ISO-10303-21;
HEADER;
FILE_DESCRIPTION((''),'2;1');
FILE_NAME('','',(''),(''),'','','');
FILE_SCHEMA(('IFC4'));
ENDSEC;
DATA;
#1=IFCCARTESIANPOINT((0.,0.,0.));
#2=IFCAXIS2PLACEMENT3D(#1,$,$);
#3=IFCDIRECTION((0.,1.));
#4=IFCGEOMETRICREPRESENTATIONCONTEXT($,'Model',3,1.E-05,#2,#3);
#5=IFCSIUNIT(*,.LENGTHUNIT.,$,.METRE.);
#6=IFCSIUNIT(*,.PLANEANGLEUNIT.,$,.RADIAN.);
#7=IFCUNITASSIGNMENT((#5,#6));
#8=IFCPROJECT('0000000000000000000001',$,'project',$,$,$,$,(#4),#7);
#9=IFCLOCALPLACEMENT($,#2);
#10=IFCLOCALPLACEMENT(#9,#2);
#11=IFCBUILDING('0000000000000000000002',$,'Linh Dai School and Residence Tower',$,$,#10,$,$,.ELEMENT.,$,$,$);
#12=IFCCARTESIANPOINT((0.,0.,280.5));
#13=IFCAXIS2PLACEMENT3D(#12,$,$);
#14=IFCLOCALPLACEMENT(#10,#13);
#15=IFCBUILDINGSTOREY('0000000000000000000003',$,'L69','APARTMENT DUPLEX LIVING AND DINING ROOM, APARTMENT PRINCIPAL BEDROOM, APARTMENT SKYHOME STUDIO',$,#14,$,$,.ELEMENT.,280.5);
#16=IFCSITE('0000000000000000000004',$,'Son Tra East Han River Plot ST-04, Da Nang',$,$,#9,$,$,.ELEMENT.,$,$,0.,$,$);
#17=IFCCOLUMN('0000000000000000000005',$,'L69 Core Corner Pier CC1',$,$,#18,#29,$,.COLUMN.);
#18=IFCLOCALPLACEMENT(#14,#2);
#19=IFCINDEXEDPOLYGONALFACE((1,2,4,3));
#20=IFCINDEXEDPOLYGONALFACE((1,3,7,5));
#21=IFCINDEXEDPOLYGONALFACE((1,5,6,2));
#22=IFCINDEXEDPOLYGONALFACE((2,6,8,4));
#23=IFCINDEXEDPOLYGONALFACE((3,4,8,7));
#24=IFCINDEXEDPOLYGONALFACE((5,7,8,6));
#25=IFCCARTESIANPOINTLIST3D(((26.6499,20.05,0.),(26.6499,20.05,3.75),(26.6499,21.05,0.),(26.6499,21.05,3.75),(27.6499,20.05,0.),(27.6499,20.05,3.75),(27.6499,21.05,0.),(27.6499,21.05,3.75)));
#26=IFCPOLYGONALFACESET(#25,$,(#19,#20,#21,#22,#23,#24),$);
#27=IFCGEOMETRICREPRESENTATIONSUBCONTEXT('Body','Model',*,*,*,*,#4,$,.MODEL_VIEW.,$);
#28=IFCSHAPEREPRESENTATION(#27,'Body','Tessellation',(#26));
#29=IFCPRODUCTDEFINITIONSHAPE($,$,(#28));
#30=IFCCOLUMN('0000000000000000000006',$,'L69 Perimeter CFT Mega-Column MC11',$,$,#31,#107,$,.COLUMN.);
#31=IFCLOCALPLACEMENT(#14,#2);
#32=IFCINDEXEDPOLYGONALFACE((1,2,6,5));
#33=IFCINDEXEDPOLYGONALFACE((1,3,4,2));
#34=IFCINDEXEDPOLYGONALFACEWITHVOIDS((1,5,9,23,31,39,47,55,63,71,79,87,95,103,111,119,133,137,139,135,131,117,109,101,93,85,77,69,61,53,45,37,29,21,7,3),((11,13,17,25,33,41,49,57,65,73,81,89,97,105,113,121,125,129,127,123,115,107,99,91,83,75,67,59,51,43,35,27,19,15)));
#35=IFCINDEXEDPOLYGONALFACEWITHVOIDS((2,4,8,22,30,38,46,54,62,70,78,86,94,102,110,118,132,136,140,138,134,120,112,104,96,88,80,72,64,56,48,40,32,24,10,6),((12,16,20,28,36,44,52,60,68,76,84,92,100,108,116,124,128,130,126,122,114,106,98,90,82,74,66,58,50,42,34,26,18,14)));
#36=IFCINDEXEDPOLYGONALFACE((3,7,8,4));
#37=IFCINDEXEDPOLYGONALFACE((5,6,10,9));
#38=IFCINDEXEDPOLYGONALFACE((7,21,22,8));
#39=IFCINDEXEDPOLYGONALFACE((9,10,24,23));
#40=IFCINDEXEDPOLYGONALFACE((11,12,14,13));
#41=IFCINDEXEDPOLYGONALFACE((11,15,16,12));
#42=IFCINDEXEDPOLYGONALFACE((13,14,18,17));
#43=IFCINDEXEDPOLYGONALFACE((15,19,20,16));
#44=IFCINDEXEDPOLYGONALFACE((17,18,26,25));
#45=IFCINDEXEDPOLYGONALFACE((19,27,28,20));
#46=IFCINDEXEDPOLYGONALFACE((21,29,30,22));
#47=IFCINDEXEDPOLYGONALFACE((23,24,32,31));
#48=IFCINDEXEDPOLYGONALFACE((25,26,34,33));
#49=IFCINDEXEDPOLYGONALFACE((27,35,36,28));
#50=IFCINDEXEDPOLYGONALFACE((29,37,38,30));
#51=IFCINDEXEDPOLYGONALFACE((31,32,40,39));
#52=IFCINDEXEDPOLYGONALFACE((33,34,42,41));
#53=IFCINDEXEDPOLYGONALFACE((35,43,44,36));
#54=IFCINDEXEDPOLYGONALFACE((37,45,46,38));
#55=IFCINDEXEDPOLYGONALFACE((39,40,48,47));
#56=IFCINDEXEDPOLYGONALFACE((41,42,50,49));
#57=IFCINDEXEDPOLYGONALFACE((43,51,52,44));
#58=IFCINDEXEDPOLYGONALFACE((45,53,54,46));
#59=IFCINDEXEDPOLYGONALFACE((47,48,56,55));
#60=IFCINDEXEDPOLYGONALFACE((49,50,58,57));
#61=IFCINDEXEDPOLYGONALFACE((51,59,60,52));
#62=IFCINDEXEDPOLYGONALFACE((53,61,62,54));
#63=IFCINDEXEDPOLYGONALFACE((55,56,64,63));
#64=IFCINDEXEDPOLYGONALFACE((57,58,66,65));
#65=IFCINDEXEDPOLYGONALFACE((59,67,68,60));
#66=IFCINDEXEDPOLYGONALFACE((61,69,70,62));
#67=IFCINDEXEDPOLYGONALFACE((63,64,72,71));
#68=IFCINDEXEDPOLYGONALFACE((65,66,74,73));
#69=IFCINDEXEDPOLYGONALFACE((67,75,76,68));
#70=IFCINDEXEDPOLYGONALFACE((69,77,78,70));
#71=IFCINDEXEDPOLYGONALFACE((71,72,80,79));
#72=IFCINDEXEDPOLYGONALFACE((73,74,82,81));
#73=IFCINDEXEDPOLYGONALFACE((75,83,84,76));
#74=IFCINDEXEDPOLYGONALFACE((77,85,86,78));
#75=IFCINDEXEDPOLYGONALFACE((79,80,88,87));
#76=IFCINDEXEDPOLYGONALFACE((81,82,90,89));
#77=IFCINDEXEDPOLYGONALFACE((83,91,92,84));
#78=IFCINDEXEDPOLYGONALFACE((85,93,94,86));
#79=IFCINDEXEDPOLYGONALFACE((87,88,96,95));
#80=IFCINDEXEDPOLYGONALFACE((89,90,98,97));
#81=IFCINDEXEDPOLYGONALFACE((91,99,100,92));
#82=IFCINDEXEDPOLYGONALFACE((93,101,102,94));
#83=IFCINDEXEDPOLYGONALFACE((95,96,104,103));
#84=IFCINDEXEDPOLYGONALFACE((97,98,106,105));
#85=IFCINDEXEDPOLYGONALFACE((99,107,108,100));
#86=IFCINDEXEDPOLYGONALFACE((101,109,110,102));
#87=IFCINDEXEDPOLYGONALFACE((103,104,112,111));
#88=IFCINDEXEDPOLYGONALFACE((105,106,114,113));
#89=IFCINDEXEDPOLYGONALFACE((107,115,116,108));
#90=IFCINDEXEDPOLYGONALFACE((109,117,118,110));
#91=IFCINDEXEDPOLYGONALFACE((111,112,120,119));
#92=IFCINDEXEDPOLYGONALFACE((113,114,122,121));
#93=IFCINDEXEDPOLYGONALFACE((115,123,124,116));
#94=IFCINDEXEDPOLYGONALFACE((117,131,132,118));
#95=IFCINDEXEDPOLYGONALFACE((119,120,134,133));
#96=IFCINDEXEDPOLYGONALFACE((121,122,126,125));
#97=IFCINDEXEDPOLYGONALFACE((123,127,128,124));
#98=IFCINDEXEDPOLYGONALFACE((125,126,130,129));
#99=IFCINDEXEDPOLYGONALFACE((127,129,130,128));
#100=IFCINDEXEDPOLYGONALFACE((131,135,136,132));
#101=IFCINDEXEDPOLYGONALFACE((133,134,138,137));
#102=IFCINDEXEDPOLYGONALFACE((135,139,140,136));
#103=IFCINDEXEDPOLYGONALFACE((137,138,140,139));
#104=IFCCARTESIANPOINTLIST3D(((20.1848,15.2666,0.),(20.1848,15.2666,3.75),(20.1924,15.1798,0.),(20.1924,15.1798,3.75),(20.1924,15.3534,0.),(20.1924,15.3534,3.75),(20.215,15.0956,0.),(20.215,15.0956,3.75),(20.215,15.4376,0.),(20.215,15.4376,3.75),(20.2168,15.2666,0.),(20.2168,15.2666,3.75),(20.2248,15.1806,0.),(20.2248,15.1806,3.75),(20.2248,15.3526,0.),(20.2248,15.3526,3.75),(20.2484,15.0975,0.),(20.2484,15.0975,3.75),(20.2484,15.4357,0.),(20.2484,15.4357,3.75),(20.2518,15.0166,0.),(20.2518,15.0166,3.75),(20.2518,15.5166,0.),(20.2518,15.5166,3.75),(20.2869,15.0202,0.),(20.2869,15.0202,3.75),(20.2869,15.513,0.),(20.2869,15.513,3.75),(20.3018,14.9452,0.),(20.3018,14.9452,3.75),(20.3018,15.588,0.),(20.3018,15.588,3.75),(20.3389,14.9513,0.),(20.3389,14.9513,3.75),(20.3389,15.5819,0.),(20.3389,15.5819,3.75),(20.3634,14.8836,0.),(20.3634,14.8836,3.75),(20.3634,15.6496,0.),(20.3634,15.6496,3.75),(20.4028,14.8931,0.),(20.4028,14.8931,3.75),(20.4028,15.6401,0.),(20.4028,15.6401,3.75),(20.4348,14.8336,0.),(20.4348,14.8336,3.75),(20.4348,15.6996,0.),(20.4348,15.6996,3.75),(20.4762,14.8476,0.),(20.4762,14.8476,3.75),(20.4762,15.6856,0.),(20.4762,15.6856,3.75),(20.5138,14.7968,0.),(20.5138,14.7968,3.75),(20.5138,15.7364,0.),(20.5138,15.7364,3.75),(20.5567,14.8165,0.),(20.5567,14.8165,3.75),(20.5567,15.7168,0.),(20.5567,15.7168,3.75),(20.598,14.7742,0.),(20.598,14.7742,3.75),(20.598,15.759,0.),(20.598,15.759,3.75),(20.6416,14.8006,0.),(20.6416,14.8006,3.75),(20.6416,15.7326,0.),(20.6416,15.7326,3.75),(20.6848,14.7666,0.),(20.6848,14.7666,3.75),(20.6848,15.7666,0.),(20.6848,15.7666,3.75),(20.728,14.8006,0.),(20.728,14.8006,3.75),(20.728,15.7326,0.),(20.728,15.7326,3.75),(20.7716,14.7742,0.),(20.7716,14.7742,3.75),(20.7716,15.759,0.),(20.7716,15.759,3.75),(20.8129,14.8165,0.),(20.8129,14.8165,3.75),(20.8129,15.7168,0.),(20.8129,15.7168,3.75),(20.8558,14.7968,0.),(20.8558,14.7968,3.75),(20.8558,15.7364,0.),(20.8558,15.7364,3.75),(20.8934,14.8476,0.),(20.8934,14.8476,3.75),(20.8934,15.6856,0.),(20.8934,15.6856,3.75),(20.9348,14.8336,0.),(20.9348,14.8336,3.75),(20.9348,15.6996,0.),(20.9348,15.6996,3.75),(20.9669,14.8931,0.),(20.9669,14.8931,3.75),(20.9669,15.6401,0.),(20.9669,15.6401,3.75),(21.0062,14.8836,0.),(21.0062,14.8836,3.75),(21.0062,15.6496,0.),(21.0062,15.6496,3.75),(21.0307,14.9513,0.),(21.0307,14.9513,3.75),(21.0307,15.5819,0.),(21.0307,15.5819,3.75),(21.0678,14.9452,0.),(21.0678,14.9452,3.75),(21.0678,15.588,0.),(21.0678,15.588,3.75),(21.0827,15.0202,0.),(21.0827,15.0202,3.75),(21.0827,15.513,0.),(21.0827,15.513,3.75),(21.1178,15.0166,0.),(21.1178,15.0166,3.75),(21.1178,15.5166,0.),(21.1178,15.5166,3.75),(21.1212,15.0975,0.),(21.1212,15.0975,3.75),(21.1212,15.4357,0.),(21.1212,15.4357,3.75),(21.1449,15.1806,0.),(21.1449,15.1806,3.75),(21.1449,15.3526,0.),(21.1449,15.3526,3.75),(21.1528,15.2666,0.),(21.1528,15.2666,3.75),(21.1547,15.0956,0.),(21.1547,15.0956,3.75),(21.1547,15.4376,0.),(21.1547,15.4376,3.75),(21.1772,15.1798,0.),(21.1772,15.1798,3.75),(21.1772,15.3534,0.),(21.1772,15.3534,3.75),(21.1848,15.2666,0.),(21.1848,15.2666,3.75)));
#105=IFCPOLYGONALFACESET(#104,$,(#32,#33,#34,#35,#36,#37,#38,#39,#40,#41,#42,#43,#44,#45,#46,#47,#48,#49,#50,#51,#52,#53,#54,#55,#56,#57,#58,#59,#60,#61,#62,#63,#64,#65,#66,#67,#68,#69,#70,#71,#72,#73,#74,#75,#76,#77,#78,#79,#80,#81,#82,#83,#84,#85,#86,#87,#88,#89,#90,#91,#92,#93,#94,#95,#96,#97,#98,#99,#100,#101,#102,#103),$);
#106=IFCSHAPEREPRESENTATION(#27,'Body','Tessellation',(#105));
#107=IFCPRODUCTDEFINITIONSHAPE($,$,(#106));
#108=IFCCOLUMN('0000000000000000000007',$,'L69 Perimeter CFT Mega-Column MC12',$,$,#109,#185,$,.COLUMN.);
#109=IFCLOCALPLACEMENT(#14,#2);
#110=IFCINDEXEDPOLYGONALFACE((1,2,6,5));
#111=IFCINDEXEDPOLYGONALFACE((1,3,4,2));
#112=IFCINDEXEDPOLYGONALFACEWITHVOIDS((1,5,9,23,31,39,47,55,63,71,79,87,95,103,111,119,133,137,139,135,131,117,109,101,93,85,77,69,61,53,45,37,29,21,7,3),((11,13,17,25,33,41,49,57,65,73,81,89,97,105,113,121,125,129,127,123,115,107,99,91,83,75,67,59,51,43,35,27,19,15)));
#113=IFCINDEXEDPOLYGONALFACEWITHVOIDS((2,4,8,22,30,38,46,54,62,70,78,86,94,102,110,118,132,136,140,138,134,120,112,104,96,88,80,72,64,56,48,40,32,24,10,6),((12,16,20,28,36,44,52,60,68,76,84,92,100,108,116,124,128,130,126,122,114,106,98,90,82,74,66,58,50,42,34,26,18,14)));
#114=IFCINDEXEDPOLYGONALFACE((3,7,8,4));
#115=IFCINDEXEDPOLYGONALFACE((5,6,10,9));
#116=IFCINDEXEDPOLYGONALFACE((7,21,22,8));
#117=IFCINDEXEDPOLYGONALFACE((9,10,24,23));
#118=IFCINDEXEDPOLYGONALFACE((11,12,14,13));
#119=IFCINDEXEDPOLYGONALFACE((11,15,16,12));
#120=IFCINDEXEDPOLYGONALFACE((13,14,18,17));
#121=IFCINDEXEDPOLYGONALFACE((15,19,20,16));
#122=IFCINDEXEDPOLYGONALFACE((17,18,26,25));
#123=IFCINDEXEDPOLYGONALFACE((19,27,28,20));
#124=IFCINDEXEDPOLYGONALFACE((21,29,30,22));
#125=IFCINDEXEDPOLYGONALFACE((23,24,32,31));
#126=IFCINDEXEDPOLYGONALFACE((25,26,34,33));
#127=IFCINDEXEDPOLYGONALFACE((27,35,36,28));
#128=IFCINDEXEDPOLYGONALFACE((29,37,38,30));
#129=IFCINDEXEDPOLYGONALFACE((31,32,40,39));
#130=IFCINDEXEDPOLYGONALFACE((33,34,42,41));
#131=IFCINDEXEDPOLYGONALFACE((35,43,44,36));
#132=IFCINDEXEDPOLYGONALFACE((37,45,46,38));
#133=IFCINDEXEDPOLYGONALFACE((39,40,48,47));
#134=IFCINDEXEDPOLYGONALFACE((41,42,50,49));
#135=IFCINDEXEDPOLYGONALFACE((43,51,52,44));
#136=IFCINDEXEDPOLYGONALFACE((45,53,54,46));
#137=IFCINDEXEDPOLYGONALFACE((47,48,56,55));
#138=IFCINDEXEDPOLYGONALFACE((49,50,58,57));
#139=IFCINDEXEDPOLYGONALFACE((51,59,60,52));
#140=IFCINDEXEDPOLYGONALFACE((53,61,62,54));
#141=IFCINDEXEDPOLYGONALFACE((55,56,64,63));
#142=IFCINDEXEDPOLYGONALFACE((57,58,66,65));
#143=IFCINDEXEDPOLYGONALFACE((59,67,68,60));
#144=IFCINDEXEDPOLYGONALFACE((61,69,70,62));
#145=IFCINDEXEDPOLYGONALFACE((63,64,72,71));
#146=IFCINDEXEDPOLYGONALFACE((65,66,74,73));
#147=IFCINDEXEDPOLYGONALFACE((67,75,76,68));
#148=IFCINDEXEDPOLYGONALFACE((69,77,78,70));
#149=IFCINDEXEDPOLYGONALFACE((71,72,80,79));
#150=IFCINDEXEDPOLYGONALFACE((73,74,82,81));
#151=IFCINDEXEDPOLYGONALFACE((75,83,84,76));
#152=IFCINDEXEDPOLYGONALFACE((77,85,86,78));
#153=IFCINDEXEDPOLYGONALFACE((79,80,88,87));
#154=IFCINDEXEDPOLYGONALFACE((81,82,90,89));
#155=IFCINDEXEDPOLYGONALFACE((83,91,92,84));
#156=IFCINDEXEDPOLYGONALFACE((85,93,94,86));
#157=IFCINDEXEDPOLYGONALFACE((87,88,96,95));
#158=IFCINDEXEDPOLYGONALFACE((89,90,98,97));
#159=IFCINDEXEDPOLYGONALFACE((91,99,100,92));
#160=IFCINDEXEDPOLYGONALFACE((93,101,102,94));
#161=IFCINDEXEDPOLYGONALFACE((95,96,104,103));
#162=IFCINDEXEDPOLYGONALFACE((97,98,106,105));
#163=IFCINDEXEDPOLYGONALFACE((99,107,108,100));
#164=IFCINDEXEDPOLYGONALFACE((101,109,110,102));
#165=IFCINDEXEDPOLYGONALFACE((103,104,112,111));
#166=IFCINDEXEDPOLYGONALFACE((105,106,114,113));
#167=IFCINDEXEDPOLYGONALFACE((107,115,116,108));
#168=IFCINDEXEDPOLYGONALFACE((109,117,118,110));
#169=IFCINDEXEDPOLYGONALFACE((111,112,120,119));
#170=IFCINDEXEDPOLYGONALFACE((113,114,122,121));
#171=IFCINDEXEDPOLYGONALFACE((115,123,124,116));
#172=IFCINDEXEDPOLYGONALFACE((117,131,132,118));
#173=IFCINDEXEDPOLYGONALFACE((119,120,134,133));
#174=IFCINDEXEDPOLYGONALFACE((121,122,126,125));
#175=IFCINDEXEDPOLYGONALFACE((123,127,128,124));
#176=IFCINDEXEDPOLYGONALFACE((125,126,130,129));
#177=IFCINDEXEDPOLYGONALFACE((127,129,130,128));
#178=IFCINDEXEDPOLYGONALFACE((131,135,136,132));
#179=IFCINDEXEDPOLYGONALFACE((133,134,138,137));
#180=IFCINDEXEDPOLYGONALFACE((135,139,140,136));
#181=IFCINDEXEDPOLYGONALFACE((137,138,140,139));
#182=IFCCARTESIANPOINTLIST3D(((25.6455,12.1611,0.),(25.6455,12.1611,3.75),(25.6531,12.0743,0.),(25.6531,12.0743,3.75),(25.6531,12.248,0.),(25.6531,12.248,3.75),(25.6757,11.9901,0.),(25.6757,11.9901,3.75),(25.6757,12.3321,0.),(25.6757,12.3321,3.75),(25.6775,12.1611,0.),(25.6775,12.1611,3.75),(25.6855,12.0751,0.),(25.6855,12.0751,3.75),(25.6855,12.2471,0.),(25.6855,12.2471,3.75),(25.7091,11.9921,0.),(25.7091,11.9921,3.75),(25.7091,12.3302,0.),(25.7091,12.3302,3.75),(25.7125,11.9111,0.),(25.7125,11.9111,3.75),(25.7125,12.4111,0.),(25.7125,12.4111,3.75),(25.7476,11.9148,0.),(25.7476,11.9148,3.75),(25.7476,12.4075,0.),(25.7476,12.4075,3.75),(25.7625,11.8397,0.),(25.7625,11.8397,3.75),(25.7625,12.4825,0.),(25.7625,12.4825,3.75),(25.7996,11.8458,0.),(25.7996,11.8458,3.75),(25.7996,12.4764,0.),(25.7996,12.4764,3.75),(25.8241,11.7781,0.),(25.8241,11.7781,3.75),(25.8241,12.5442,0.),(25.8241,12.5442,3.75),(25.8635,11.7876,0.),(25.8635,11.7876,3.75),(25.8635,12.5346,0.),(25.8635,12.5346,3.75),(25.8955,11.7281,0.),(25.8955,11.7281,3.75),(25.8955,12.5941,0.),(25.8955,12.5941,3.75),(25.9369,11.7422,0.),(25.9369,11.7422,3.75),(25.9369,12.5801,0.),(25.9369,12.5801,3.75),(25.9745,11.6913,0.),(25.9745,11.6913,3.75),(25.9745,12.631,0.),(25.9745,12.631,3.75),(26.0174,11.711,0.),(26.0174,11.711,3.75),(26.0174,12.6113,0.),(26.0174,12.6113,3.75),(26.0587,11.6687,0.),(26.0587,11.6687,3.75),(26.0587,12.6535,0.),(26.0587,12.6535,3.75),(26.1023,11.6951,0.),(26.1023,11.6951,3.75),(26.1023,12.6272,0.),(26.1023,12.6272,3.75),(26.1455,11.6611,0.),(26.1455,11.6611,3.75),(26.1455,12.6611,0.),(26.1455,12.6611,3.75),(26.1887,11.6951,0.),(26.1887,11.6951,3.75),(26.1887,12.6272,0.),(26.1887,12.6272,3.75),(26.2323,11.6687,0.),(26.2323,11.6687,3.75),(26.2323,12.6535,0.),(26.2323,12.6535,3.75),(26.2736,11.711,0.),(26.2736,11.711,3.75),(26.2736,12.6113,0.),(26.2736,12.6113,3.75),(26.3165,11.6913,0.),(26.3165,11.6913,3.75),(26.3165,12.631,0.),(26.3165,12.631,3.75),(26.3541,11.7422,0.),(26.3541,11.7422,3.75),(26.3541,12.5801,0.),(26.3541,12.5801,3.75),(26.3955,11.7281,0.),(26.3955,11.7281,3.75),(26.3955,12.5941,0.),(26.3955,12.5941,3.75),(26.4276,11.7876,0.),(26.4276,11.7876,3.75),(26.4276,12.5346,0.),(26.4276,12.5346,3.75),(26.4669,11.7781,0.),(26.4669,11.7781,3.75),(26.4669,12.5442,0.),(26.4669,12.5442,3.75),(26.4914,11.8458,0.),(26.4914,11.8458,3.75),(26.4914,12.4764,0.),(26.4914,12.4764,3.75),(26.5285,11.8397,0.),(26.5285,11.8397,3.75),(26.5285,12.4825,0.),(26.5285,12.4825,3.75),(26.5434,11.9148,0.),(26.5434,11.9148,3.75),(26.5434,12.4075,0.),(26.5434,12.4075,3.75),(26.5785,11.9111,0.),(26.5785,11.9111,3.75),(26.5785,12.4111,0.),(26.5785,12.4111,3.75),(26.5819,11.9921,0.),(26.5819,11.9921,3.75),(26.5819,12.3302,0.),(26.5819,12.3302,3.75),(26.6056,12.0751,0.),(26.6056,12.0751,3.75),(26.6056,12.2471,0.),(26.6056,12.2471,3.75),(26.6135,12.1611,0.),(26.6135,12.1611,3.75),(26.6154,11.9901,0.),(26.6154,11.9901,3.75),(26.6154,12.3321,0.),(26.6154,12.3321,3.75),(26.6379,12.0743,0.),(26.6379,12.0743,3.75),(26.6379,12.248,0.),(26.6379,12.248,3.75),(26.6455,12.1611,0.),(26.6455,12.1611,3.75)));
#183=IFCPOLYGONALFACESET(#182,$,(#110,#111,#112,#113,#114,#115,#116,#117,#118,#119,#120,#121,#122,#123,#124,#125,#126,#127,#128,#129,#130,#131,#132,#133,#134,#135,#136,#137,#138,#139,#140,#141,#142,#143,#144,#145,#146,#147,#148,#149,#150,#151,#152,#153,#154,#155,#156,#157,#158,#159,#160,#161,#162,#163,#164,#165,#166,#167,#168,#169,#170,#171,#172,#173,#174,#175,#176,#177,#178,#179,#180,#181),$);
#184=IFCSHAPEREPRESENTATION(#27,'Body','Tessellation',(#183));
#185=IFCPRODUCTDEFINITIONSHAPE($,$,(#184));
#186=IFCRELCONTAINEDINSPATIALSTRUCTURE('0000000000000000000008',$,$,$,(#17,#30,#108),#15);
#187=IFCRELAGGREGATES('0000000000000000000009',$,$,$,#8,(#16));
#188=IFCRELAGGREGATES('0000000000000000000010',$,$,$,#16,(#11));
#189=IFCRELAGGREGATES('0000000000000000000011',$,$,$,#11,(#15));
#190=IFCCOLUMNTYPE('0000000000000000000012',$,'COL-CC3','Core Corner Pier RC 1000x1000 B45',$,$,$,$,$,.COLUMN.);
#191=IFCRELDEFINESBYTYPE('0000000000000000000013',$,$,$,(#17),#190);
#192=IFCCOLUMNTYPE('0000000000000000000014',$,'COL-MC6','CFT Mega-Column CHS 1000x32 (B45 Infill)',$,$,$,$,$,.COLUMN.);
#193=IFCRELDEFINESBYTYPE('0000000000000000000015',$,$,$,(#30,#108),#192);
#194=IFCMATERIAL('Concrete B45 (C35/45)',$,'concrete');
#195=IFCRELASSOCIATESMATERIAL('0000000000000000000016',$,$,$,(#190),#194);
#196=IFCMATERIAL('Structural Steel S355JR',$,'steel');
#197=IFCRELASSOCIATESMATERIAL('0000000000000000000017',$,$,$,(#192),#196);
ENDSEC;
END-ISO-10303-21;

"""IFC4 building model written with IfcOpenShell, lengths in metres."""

from ifc_helpers import new_model, si_unit, direction, frame, origin, origin_2d, place, context, subcontext, project, spatial, rectangle, hollow_circle, extrude, material, material_profile, profile_set, type_object, element, save


model = new_model("IFC4")

# Units and contexts
model_context = context("Model", 3, precision=1e-05, world=origin(), true_north=direction((0.0, 1.0)))
body_context = subcontext(model_context, "Body", "Model", "MODEL_VIEW")
ifc_project = project(units=[si_unit("LENGTHUNIT", "METRE"), si_unit("PLANEANGLEUNIT", "RADIAN")], contexts=[model_context])

# Site, building, storey
site_placement = place(None, origin())
site = spatial("IfcSite", under=ifc_project, at=site_placement, Name="Son Tra East Han River Plot ST-04, Da Nang", CompositionType="ELEMENT", RefElevation=0.0)
building_placement = place(site_placement, origin())
building = spatial("IfcBuilding", under=site, at=building_placement, Name="Linh Dai School and Residence Tower", CompositionType="ELEMENT")
storey_placement = place(building_placement, frame((0.0, 0.0, 280.5)))
storey = spatial("IfcBuildingStorey", under=building, at=storey_placement, Name="L69", Description="APARTMENT DUPLEX LIVING AND DINING ROOM, APARTMENT PRINCIPAL BEDROOM, APARTMENT SKYHOME STUDIO", CompositionType="ELEMENT", Elevation=280.5)

# Columns
ifc_material_1 = material(Name="Concrete B45 (C35/45)", Category="concrete")
ifc_material_profile_1 = material_profile(ifc_material_1, rectangle(XDim=1.0, YDim=1.0, at=origin_2d()), Name="RC 1000x1000")
ifc_profile_set_1 = profile_set([ifc_material_profile_1], Name="Concrete B45 (C35/45)")
column_type_1 = type_object("IfcColumnType", Name="COL-CC3", Description="Core Corner Pier RC 1000x1000 B45", PredefinedType="COLUMN", material=ifc_profile_set_1)
column_placement = place(storey_placement, frame((27.1499, 20.55, 0.0), z_axis=(0.0, 0.0, 1.0), x_axis=(1.0, 0.0, 0.0)))
element("IfcColumn", 1, at=column_placement, inside=storey, type_object=column_type_1, Name="L69 Core Corner Pier CC1", PredefinedType="COLUMN", context=body_context, shape_type="SweptSolid", body=[
    extrude(rectangle(XDim=1.0, YDim=1.0, at=origin_2d()), origin(), (0.0, 0.0, 1.0), 3.75),
])
ifc_material_2 = material(Name="Structural Steel S355JR", Category="steel")
ifc_material_profile_2 = material_profile(ifc_material_2, hollow_circle(Radius=0.5, WallThickness=0.032, at=origin_2d()), Name="CHS 1000x32")
ifc_profile_set_2 = profile_set([ifc_material_profile_2], Name="Structural Steel S355JR")
column_type_2 = type_object("IfcColumnType", Name="COL-MC6", Description="CFT Mega-Column CHS 1000x32 (B45 Infill)", PredefinedType="COLUMN", material=ifc_profile_set_2)
for number, where, z_axis, x_axis, name in (
    (2, (20.6848, 15.2666, 0.0), (0.0, 0.0, 1.0), (1.0, 0.0, 0.0), "L69 Perimeter CFT Mega-Column MC11"),
    (3, (26.1455, 12.1611, 0.0), (0.0, 0.0, 1.0), (1.0, 0.0, 0.0), "L69 Perimeter CFT Mega-Column MC12"),
):
    element("IfcColumn", number, at=place(storey_placement, frame(where, z_axis=z_axis, x_axis=x_axis)), inside=storey, type_object=column_type_2, Name=name, PredefinedType="COLUMN", context=body_context, shape_type="SweptSolid", body=[
        extrude(hollow_circle(Radius=0.5, WallThickness=0.032, at=origin_2d()), origin(), (0.0, 0.0, 1.0), 3.75),
    ])

save(model, "model.ifc")
